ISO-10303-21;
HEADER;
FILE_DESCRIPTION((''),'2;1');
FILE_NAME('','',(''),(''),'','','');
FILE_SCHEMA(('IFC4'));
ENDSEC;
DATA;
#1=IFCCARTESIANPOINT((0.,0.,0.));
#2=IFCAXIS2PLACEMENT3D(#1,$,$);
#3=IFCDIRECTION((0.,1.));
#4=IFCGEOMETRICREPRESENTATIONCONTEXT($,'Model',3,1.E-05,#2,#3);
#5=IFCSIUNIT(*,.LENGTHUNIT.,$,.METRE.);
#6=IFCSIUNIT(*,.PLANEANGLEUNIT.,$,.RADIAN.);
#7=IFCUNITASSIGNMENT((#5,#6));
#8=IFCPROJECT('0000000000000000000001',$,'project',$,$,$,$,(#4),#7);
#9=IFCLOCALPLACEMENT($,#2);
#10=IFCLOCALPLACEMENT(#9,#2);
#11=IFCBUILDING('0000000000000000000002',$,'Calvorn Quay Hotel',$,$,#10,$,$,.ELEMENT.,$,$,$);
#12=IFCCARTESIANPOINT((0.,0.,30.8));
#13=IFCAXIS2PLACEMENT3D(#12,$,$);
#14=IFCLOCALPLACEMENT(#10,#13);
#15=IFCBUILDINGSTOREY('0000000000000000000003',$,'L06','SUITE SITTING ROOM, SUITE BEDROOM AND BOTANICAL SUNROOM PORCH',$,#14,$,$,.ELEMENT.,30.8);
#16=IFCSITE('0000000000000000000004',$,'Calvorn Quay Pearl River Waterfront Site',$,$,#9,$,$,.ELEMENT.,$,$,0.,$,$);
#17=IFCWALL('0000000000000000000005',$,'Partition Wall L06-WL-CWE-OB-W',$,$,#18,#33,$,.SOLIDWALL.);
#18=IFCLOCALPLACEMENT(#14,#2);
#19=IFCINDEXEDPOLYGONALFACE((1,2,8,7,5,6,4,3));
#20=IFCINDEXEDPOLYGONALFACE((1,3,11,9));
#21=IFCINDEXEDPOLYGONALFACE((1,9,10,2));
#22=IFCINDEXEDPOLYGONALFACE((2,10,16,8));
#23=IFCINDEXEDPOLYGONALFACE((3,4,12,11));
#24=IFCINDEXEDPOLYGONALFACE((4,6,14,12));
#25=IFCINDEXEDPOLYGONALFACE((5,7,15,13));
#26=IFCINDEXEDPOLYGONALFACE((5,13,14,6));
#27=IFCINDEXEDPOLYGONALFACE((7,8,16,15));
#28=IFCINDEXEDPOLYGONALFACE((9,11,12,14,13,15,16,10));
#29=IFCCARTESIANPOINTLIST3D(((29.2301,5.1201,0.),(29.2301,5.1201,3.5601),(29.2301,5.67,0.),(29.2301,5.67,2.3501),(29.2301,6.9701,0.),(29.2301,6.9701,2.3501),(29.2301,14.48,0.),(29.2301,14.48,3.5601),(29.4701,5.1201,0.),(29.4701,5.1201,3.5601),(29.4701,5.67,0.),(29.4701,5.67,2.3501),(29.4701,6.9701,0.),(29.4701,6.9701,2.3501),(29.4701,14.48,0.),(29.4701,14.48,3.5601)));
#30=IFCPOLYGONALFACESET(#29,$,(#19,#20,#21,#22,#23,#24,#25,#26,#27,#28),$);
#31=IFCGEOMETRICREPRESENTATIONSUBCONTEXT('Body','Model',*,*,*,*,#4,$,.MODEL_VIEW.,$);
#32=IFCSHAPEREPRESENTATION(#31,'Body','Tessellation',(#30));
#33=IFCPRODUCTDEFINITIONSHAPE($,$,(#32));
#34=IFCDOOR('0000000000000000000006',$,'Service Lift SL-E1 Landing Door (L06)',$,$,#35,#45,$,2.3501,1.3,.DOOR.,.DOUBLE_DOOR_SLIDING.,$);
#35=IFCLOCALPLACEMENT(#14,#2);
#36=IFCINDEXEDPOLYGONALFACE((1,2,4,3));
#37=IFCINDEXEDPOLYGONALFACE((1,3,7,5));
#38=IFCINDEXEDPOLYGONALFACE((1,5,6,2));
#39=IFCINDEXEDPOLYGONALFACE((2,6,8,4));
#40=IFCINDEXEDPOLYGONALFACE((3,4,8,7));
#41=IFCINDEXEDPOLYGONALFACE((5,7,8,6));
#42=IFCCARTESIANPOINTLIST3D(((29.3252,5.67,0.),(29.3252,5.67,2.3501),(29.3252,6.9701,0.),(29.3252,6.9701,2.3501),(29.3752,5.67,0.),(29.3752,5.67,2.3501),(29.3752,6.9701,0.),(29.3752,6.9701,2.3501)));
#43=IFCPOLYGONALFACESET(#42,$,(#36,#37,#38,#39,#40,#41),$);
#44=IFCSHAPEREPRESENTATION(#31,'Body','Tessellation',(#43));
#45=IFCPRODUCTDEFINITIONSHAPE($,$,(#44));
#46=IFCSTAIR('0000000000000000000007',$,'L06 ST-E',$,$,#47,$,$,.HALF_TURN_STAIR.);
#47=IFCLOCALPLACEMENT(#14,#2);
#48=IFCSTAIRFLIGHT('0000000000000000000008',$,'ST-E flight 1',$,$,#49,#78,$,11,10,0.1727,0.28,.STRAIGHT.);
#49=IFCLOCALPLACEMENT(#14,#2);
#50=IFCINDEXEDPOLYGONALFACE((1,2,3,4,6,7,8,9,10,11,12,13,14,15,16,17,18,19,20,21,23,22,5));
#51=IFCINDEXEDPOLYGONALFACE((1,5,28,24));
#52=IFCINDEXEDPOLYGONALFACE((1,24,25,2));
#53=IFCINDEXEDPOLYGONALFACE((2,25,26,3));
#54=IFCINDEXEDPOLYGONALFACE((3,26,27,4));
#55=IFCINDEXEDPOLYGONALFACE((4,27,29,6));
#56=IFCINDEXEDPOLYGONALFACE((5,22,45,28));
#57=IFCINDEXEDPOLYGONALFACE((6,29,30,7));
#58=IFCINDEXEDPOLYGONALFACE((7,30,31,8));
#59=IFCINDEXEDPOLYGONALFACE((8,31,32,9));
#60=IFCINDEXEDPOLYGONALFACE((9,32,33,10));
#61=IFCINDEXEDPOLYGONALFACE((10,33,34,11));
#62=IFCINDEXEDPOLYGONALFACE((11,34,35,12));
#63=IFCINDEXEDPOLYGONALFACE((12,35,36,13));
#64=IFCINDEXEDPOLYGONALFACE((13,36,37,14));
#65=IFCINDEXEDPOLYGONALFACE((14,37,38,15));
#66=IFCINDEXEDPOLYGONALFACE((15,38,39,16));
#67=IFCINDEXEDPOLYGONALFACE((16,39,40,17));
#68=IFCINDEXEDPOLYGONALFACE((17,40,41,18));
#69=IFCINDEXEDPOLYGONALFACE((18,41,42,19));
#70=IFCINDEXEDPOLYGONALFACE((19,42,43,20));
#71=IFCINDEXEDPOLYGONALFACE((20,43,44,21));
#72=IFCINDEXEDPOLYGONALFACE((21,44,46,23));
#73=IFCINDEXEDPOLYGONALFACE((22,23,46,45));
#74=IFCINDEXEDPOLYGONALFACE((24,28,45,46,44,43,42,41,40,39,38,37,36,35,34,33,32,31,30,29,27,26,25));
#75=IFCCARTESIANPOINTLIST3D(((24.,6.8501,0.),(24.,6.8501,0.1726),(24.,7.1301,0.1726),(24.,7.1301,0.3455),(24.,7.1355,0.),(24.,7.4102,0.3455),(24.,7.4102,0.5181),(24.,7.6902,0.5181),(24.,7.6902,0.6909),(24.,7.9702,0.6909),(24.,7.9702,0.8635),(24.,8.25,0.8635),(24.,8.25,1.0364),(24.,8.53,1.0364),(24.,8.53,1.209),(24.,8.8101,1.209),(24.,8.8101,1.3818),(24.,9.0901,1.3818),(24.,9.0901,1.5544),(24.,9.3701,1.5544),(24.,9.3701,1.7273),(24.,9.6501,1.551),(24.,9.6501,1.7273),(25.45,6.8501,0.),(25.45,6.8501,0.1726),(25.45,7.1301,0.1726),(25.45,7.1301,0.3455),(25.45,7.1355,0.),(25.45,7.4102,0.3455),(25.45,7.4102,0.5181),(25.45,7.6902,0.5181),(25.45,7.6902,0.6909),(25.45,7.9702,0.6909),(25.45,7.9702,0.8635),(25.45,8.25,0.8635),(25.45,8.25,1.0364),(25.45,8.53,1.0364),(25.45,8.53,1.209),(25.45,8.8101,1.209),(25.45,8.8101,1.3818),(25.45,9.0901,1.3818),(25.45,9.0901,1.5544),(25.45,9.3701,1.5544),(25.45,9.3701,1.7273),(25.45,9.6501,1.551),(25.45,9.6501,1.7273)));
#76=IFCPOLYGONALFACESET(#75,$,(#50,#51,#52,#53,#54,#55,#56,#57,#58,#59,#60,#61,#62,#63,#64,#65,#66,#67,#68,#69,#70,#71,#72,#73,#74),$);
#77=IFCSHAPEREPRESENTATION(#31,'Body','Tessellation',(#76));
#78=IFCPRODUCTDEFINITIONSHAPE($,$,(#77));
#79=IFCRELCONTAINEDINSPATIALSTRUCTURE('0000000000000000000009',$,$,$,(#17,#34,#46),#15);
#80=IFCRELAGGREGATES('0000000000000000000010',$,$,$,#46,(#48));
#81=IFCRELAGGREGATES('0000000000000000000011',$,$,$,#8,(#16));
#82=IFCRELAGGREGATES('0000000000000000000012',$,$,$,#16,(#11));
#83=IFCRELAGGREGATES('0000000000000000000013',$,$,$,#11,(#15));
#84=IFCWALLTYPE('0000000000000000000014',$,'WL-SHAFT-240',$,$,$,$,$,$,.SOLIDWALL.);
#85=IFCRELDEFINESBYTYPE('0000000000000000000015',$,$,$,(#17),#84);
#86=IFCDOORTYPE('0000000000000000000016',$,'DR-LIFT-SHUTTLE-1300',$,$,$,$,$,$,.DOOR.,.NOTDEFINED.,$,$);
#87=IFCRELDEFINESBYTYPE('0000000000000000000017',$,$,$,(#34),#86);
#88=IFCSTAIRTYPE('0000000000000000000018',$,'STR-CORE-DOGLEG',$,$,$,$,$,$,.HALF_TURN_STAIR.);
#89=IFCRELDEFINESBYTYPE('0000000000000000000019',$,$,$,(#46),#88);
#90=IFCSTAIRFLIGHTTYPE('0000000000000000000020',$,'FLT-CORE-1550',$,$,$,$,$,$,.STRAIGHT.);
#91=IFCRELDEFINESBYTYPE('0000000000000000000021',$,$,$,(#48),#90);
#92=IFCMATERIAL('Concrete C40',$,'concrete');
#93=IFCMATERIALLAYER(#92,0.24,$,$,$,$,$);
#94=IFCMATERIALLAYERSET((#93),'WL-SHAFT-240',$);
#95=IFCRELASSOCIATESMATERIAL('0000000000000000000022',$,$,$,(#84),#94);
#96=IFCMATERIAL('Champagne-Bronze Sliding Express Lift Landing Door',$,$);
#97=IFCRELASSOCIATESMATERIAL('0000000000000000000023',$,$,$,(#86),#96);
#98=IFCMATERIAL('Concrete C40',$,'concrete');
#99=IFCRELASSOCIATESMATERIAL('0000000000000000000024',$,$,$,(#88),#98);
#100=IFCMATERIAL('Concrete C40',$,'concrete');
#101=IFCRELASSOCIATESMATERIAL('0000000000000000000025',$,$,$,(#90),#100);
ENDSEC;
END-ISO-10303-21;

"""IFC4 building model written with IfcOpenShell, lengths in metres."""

from ifc_helpers import new_model, si_unit, direction, frame, frame_2d, origin, place, context, subcontext, project, spatial, polyline, rectangle, outline, extrude, material, layer, layer_set, type_object, element, fill, aggregate, save


model = new_model("IFC4")

# Units and contexts
model_context = context("Model", 3, precision=1e-05, world=origin(), true_north=direction((0.0, 1.0)))
body_context = subcontext(model_context, "Body", "Model", "MODEL_VIEW")
ifc_project = project(units=[si_unit("LENGTHUNIT", "METRE"), si_unit("PLANEANGLEUNIT", "RADIAN")], contexts=[model_context])

# Site, building, storey
site_placement = place(None, origin())
site = spatial("IfcSite", under=ifc_project, at=site_placement, Name="Calvorn Quay Pearl River Waterfront Site", CompositionType="ELEMENT", RefElevation=0.0)
building_placement = place(site_placement, origin())
building = spatial("IfcBuilding", under=site, at=building_placement, Name="Calvorn Quay Hotel", CompositionType="ELEMENT")
storey_placement = place(building_placement, frame((0.0, 0.0, 30.8)))
storey = spatial("IfcBuildingStorey", under=building, at=storey_placement, Name="L06", Description="SUITE SITTING ROOM, SUITE BEDROOM AND BOTANICAL SUNROOM PORCH", CompositionType="ELEMENT", Elevation=30.8)

# Shared definitions
ifc_material_1 = material(Name="Concrete C40", Category="concrete")
ifc_layer_1 = layer(ifc_material_1, 0.24)
ifc_layer_set_1 = layer_set([ifc_layer_1], Name="WL-SHAFT-240")
wall_type_1 = type_object("IfcWallType", Name="WL-SHAFT-240", PredefinedType="SOLIDWALL", material=ifc_layer_set_1)

# Wall, opening, door
wall_1_placement = place(storey_placement, frame((29.3501, 5.1201, 0.0), z_axis=(0.0, 0.0, 1.0), x_axis=(0.0, 1.0, 0.0)))
wall_1 = element("IfcWall", 1, at=wall_1_placement, inside=storey, type_object=wall_type_1, Name="Partition Wall L06-WL-CWE-OB-W", PredefinedType="SOLIDWALL", context=body_context, shape_type="SweptSolid", body=[
    extrude(rectangle(XDim=9.3599, YDim=0.24, at=frame_2d((4.6799, 0.0))), origin(), (0.0, 0.0, 1.0), 3.5601),
])
opening_1_placement = place(wall_1_placement, frame((0.55, 0.0, 0.0)))
opening_1 = element("IfcOpeningElement", 2, at=opening_1_placement, cuts=wall_1, PredefinedType="OPENING", context=body_context, shape_type="SweptSolid", body=[
    extrude(rectangle(XDim=1.3, YDim=2.3501, at=frame_2d((0.6499, 1.175))), frame((0.0, 0.1299, 0.0), z_axis=(0.0, -1.0, 0.0), x_axis=(1.0, 0.0, 0.0)), (0.0, 0.0, 1.0), 0.26),
])
ifc_material_2 = material(Name="Champagne-Bronze Sliding Express Lift Landing Door")
door_type_1 = type_object("IfcDoorType", Name="DR-LIFT-SHUTTLE-1300", OperationType="NOTDEFINED", PredefinedType="DOOR", material=ifc_material_2)
door_1_placement = place(opening_1_placement, origin())
door_1 = element("IfcDoor", 3, at=door_1_placement, inside=storey, type_object=door_type_1, Name="Service Lift SL-E1 Landing Door (L06)", OperationType="DOUBLE_DOOR_SLIDING", OverallHeight=2.3501, OverallWidth=1.3, PredefinedType="DOOR", context=body_context, shape_type="SweptSolid", body=[
    extrude(rectangle(XDim=1.3, YDim=2.3501, at=frame_2d((0.6499, 1.175))), frame((0.0, 0.0249, 0.0), z_axis=(0.0, -1.0, 0.0), x_axis=(1.0, 0.0, 0.0)), (0.0, 0.0, 1.0), 0.05),
])
fill(opening_1, door_1)

# Stair, stair flight
ifc_material_3 = material(Name="Concrete C40", Category="concrete")
stair_type = type_object("IfcStairType", Name="STR-CORE-DOGLEG", PredefinedType="HALF_TURN_STAIR", material=ifc_material_3)
stair_placement = place(storey_placement, origin())
stair = element("IfcStair", 4, at=stair_placement, inside=storey, type_object=stair_type, Name="L06 ST-E", PredefinedType="HALF_TURN_STAIR")
ifc_material_4 = material(Name="Concrete C40", Category="concrete")
stair_flight_type = type_object("IfcStairFlightType", Name="FLT-CORE-1550", PredefinedType="STRAIGHT", material=ifc_material_4)
stair_flight_placement = place(storey_placement, frame((24.7251, 6.8501, 0.0), z_axis=(0.0, 0.0, 1.0), x_axis=(0.0, 1.0, 0.0)))
stair_flight = element("IfcStairFlight", 5, at=stair_flight_placement, type_object=stair_flight_type, Name="ST-E flight 1", NumberOfRisers=11, NumberOfTreads=10, PredefinedType="STRAIGHT", RiserHeight=0.1727, TreadLength=0.28, context=body_context, shape_type="SweptSolid", body=[
    extrude(outline(polyline([(0.0, 0.0), (0.0, 0.1726), (0.28, 0.1726), (0.28, 0.3455), (0.5601, 0.3455), (0.5601, 0.5181), (0.8401, 0.5181), (0.8401, 0.6909), (1.1201, 0.6909), (1.1201, 0.8635), (1.3999, 0.8635), (1.3999, 1.0364), (1.6799, 1.0364), (1.6799, 1.209), (1.96, 1.209), (1.96, 1.3818), (2.24, 1.3818), (2.24, 1.5544), (2.52, 1.5544), (2.52, 1.7273), (2.8, 1.7273), (2.8, 1.8999), (2.8, 1.551), (0.2854, 0.0), (0.0, 0.0)])), frame((0.0, 0.7251, 0.0), z_axis=(0.0, -1.0, 0.0), x_axis=(1.0, 0.0, 0.0)), (0.0, 0.0, 1.0), 1.45),
])
aggregate(stair, [stair_flight])

save(model, "model.ifc")
